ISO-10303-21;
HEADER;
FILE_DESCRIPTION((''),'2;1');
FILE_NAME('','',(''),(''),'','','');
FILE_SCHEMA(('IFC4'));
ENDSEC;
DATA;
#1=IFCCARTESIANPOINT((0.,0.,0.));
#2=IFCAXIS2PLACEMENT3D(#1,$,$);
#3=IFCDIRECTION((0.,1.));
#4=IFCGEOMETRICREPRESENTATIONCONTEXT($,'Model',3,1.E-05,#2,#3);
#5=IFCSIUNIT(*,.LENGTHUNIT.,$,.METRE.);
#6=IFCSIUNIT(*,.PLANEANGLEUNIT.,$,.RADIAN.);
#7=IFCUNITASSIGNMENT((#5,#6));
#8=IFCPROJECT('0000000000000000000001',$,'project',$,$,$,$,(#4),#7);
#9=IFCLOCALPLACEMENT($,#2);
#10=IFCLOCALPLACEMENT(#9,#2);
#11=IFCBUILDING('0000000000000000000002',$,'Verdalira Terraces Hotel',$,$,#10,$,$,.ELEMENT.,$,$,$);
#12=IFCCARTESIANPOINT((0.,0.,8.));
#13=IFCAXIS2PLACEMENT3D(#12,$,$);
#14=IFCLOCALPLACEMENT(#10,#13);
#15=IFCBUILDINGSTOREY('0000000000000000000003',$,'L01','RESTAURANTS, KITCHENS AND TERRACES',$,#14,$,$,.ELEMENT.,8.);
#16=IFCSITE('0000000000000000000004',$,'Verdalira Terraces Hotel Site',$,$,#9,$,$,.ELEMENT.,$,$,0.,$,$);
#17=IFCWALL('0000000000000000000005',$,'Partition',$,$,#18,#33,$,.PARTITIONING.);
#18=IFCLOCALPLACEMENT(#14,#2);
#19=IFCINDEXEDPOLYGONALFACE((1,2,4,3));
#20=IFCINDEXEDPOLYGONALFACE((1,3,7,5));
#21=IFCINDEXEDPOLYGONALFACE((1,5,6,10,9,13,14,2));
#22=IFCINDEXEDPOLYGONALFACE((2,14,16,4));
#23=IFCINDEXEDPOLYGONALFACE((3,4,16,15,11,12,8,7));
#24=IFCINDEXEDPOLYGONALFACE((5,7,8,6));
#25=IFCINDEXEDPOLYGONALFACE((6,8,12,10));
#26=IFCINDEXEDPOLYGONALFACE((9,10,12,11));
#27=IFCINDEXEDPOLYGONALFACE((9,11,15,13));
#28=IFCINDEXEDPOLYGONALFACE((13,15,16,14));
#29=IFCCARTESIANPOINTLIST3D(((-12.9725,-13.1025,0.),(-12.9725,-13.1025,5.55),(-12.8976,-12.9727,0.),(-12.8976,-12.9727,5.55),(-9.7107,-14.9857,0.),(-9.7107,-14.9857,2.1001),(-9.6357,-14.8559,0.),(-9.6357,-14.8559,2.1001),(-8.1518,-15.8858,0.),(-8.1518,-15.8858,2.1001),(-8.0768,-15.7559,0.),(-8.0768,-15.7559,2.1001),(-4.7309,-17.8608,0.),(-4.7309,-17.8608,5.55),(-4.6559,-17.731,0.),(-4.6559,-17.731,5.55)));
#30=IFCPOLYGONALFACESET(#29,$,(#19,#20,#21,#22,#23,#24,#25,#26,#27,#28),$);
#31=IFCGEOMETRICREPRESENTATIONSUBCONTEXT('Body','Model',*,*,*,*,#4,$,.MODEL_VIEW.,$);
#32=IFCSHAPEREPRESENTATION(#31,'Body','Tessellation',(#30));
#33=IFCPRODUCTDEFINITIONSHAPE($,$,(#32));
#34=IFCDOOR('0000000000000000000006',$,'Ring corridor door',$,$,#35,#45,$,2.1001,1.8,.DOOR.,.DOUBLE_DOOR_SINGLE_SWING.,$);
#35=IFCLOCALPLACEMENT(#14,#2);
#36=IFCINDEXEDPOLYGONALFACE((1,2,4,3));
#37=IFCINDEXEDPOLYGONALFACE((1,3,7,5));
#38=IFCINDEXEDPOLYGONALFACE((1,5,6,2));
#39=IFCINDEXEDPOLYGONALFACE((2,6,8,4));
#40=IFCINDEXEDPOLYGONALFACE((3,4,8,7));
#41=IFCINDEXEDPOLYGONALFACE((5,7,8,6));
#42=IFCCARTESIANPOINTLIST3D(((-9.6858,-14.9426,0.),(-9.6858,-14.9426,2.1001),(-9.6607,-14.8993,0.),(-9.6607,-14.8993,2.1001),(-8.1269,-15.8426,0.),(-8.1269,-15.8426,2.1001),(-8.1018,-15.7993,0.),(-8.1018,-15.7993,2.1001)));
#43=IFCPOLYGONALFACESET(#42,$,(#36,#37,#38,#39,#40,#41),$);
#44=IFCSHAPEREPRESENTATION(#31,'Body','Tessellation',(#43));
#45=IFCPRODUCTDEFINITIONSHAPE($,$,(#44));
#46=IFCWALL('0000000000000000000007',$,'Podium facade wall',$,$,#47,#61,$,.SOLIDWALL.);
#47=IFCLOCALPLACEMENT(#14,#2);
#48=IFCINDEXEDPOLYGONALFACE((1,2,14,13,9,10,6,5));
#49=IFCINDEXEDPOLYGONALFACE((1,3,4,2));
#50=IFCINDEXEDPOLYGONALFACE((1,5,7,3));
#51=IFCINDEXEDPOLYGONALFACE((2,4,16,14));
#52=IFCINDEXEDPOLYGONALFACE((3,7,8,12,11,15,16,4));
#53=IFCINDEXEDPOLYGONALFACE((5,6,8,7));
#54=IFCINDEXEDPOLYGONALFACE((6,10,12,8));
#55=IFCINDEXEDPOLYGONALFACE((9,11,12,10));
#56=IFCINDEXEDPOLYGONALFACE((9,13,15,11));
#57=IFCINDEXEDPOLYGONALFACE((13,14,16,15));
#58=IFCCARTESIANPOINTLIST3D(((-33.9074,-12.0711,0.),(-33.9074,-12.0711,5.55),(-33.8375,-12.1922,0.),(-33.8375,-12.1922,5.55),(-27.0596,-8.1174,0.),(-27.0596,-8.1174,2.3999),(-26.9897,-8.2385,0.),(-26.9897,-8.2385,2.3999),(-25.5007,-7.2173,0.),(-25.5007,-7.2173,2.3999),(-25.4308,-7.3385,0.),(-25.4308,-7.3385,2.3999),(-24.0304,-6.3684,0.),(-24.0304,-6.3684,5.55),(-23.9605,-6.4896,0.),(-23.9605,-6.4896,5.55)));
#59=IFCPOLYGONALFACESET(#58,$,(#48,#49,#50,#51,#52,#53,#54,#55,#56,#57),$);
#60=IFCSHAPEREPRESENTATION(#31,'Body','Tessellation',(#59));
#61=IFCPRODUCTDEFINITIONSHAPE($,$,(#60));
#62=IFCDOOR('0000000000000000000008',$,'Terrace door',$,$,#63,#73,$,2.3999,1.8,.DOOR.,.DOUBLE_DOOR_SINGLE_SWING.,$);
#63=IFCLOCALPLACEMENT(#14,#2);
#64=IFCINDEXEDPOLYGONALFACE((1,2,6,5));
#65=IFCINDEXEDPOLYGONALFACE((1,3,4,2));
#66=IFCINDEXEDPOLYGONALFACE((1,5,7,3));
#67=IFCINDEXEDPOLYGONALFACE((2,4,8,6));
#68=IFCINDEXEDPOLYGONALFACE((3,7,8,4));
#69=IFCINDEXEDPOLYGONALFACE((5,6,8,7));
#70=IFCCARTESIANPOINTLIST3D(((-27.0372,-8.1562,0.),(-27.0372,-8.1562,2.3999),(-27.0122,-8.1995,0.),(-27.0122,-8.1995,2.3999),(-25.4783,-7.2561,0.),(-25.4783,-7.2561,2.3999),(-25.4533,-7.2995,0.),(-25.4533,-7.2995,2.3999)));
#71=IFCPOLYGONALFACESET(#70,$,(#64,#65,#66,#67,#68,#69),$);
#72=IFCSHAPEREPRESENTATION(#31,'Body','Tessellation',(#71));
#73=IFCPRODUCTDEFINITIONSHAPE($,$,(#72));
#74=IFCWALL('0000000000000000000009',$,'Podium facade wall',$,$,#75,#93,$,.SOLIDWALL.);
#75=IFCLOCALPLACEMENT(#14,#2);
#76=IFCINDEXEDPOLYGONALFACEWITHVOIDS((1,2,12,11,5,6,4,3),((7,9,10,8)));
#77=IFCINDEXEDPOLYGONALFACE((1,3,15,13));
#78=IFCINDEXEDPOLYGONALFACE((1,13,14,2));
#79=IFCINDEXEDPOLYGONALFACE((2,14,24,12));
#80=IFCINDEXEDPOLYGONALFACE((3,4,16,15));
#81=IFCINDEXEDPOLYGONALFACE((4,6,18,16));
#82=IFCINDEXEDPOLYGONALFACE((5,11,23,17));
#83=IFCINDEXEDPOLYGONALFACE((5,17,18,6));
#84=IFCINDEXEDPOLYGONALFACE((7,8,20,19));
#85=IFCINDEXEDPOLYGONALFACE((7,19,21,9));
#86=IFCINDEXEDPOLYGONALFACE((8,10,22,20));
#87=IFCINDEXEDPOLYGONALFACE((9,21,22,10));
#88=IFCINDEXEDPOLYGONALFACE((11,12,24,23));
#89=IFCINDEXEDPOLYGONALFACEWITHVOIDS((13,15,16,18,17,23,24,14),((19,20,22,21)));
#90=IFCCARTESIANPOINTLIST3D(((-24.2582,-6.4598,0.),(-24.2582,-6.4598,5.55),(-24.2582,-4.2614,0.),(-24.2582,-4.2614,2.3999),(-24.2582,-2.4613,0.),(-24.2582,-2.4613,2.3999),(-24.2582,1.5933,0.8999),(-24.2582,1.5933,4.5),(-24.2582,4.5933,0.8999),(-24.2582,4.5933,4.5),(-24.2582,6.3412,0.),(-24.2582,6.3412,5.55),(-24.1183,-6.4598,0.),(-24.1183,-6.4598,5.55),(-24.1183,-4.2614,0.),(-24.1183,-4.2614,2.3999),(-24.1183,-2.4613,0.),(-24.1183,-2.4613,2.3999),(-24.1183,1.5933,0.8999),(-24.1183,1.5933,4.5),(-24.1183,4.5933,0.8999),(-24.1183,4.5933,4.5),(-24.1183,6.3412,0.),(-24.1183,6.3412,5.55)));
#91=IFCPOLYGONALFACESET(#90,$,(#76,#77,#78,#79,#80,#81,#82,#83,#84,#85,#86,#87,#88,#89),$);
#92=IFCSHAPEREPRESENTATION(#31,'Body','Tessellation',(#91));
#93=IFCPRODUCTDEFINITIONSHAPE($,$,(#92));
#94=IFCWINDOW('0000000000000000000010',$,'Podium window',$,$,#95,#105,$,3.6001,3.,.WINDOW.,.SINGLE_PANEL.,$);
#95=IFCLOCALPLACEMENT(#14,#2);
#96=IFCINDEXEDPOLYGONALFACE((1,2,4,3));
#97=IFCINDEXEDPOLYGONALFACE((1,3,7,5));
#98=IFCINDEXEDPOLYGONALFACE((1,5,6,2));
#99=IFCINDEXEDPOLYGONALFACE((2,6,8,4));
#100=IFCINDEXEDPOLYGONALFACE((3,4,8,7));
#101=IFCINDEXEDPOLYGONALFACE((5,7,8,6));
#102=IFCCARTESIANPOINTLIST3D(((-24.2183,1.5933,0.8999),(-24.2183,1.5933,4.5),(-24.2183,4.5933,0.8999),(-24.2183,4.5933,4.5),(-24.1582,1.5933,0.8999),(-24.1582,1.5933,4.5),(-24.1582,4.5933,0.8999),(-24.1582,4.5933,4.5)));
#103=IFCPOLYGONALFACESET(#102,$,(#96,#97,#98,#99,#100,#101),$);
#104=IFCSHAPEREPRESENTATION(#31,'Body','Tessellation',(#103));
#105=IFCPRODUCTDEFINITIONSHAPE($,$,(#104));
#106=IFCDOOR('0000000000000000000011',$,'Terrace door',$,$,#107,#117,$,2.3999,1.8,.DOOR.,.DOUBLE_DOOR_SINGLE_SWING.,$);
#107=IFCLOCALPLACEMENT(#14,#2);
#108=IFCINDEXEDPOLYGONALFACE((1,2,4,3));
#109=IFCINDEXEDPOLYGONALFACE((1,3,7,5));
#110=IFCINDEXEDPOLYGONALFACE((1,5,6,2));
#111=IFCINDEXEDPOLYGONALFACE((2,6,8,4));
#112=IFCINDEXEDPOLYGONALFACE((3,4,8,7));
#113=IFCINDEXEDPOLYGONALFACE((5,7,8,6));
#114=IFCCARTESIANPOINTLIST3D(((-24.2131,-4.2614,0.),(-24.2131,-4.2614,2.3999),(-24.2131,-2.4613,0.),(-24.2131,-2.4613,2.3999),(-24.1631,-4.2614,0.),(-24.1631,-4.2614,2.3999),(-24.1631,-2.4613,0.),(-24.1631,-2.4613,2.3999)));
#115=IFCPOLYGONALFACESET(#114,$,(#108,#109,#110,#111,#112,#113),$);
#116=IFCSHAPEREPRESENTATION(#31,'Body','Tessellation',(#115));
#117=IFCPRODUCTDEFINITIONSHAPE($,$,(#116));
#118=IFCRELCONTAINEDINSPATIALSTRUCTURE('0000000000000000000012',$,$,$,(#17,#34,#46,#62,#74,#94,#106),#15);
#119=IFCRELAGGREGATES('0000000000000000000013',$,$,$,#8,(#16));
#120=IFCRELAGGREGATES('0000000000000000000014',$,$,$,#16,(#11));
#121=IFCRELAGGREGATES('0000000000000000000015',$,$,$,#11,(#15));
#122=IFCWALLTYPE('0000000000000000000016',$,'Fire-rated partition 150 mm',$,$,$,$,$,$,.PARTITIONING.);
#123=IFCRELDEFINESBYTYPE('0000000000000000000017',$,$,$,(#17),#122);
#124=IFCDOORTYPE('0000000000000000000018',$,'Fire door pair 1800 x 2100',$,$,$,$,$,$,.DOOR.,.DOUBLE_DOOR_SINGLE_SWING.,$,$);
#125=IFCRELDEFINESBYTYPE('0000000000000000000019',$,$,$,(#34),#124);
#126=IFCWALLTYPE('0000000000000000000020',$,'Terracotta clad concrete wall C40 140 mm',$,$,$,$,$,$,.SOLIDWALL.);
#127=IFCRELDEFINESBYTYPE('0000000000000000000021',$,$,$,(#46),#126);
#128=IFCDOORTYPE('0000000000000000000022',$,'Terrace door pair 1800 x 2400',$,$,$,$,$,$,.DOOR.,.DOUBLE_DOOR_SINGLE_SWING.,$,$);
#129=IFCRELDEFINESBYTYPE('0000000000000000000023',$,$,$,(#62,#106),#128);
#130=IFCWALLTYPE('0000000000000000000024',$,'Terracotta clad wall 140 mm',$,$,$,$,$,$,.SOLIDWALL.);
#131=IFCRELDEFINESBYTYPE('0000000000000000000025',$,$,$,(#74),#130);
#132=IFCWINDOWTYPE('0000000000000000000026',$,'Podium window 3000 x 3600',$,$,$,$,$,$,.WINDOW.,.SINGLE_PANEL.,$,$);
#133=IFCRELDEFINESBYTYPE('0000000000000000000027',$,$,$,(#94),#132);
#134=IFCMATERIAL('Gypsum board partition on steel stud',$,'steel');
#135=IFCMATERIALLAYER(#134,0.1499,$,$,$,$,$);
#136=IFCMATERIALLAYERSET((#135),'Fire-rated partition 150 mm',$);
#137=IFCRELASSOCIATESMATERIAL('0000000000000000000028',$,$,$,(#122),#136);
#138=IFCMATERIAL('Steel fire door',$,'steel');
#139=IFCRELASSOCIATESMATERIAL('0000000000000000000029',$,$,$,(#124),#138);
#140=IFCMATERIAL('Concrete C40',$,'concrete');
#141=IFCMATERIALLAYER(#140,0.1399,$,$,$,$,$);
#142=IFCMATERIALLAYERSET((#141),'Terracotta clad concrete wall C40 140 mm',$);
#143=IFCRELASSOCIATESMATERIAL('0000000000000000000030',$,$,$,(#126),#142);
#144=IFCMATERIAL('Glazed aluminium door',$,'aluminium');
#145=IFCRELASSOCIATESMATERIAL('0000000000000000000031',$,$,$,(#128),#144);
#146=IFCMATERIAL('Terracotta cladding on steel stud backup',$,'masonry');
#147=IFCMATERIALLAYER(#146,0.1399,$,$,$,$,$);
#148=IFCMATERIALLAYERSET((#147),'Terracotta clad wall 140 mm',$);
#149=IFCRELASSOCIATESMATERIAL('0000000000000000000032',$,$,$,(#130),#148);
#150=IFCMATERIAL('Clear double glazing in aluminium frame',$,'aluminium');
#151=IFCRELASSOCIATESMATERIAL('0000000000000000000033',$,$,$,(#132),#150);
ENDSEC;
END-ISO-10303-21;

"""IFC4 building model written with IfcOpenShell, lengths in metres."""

from ifc_helpers import new_model, si_unit, direction, frame, frame_2d, origin, place, context, subcontext, project, spatial, rectangle, extrude, material, layer, layer_set, type_object, element, fill, save


model = new_model("IFC4")

# Units and contexts
model_context = context("Model", 3, precision=1e-05, world=origin(), true_north=direction((0.0, 1.0)))
body_context = subcontext(model_context, "Body", "Model", "MODEL_VIEW")
ifc_project = project(units=[si_unit("LENGTHUNIT", "METRE"), si_unit("PLANEANGLEUNIT", "RADIAN")], contexts=[model_context])

# Site, building, storey
site_placement = place(None, origin())
site = spatial("IfcSite", under=ifc_project, at=site_placement, Name="Verdalira Terraces Hotel Site", CompositionType="ELEMENT", RefElevation=0.0)
building_placement = place(site_placement, origin())
building = spatial("IfcBuilding", under=site, at=building_placement, Name="Verdalira Terraces Hotel", CompositionType="ELEMENT")
storey_placement = place(building_placement, frame((0.0, 0.0, 8.0)))
storey = spatial("IfcBuildingStorey", under=building, at=storey_placement, Name="L01", Description="RESTAURANTS, KITCHENS AND TERRACES", CompositionType="ELEMENT", Elevation=8.0)

# Shared definitions
ifc_material_1 = material(Name="Gypsum board partition on steel stud", Category="steel")
ifc_layer_1 = layer(ifc_material_1, 0.1499)
ifc_layer_set_1 = layer_set([ifc_layer_1], Name="Fire-rated partition 150 mm")
wall_type_1 = type_object("IfcWallType", Name="Fire-rated partition 150 mm", PredefinedType="PARTITIONING", material=ifc_layer_set_1)

# Walls, openings, doors
ifc_material_2 = material(Name="Steel fire door", Category="steel")
door_type_1 = type_object("IfcDoorType", Name="Fire door pair 1800 x 2100", OperationType="DOUBLE_DOOR_SINGLE_SWING", PredefinedType="DOOR", material=ifc_material_2)
wall_1_placement = place(storey_placement, frame((-12.9351, -13.0376, 0.0), z_axis=(0.0, 0.0, 1.0), x_axis=(0.866028, -0.499996, 0.0)))
wall_1 = element("IfcWall", 1, at=wall_1_placement, inside=storey, type_object=wall_type_1, Name="Partition", PredefinedType="PARTITIONING", context=body_context, shape_type="SweptSolid", body=[
    extrude(rectangle(XDim=9.5166, YDim=0.1499, at=frame_2d((4.7583, 0.0))), origin(), (0.0, 0.0, 1.0), 5.55),
])
opening_1_placement = place(wall_1_placement, frame((3.7666, 0.0, 0.0)))
opening_1 = element("IfcOpeningElement", 2, at=opening_1_placement, cuts=wall_1, PredefinedType="OPENING", context=body_context, shape_type="SweptSolid", body=[
    extrude(rectangle(XDim=1.8, YDim=2.1001, at=frame_2d((0.8999, 1.05))), frame((0.0, 0.085, 0.0), z_axis=(0.0, -1.0, 0.0), x_axis=(1.0, 0.0, 0.0)), (0.0, 0.0, 1.0), 0.1699),
])
door_1_placement = place(opening_1_placement, origin())
door_1 = element("IfcDoor", 3, at=door_1_placement, inside=storey, type_object=door_type_1, Name="Ring corridor door", OperationType="DOUBLE_DOOR_SINGLE_SWING", OverallHeight=2.1001, OverallWidth=1.8, PredefinedType="DOOR", context=body_context, shape_type="SweptSolid", body=[
    extrude(rectangle(XDim=1.8, YDim=2.1001, at=frame_2d((0.8999, 1.05))), frame((0.0, 0.0249, 0.0), z_axis=(0.0, -1.0, 0.0), x_axis=(1.0, 0.0, 0.0)), (0.0, 0.0, 1.0), 0.05),
])
fill(opening_1, door_1)
ifc_material_3 = material(Name="Concrete C40", Category="concrete")
ifc_layer_2 = layer(ifc_material_3, 0.1399)
ifc_layer_set_2 = layer_set([ifc_layer_2], Name="Terracotta clad concrete wall C40 140 mm")
wall_type_2 = type_object("IfcWallType", Name="Terracotta clad concrete wall C40 140 mm", PredefinedType="SOLIDWALL", material=ifc_layer_set_2)
wall_2_placement = place(storey_placement, frame((-23.9954, -6.429, 0.0), z_axis=(0.0, 0.0, 1.0), x_axis=(-0.866019, -0.500012, 0.0)))
wall_2 = element("IfcWall", 4, at=wall_2_placement, inside=storey, type_object=wall_type_2, Name="Podium facade wall", PredefinedType="SOLIDWALL", context=body_context, shape_type="SweptSolid", body=[
    extrude(rectangle(XDim=11.405, YDim=0.1399, at=frame_2d((5.7026, 0.0))), origin(), (0.0, 0.0, 1.0), 5.55),
])
opening_2_placement = place(wall_2_placement, frame((1.698, 0.0, 0.0)))
opening_2 = element("IfcOpeningElement", 5, at=opening_2_placement, cuts=wall_2, PredefinedType="OPENING", context=body_context, shape_type="SweptSolid", body=[
    extrude(rectangle(XDim=1.8, YDim=2.3999, at=frame_2d((0.8999, 1.2))), frame((0.0, 0.0798, 0.0), z_axis=(0.0, -1.0, 0.0), x_axis=(1.0, 0.0, 0.0)), (0.0, 0.0, 1.0), 0.1599),
])
ifc_material_4 = material(Name="Glazed aluminium door", Category="aluminium")
door_type_2 = type_object("IfcDoorType", Name="Terrace door pair 1800 x 2400", OperationType="DOUBLE_DOOR_SINGLE_SWING", PredefinedType="DOOR", material=ifc_material_4)
door_2_placement = place(opening_2_placement, origin())
door_2 = element("IfcDoor", 6, at=door_2_placement, inside=storey, type_object=door_type_2, Name="Terrace door", OperationType="DOUBLE_DOOR_SINGLE_SWING", OverallHeight=2.3999, OverallWidth=1.8, PredefinedType="DOOR", context=body_context, shape_type="SweptSolid", body=[
    extrude(rectangle(XDim=1.8, YDim=2.3999, at=frame_2d((0.8999, 1.2))), frame((0.0, 0.0249, 0.0), z_axis=(0.0, -1.0, 0.0), x_axis=(1.0, 0.0, 0.0)), (0.0, 0.0, 1.0), 0.05),
])
fill(opening_2, door_2)

# Wall, openings, window, door
ifc_material_5 = material(Name="Terracotta cladding on steel stud backup", Category="masonry")
ifc_layer_3 = layer(ifc_material_5, 0.1399)
ifc_layer_set_3 = layer_set([ifc_layer_3], Name="Terracotta clad wall 140 mm")
wall_type_3 = type_object("IfcWallType", Name="Terracotta clad wall 140 mm", PredefinedType="SOLIDWALL", material=ifc_layer_set_3)
wall_3_placement = place(storey_placement, frame((-24.1882, -6.4597, 0.0), z_axis=(0.0, 0.0, 1.0), x_axis=(0.0, 1.0, 0.0)))
wall_3 = element("IfcWall", 7, at=wall_3_placement, inside=storey, type_object=wall_type_3, Name="Podium facade wall", PredefinedType="SOLIDWALL", context=body_context, shape_type="SweptSolid", body=[
    extrude(rectangle(XDim=12.801, YDim=0.1399, at=frame_2d((6.4004, 0.0))), origin(), (0.0, 0.0, 1.0), 5.55),
])
opening_3_placement = place(wall_3_placement, frame((8.053, 0.0, 0.8999)))
opening_3 = element("IfcOpeningElement", 8, at=opening_3_placement, cuts=wall_3, PredefinedType="OPENING", context=body_context, shape_type="SweptSolid", body=[
    extrude(rectangle(XDim=3.0, YDim=3.6001, at=frame_2d((1.5, 1.8))), frame((0.0, 0.0798, 0.0), z_axis=(0.0, -1.0, 0.0), x_axis=(1.0, 0.0, 0.0)), (0.0, 0.0, 1.0), 0.1599),
])
opening_4_placement = place(wall_3_placement, frame((2.1985, 0.0, 0.0)))
opening_4 = element("IfcOpeningElement", 9, at=opening_4_placement, cuts=wall_3, PredefinedType="OPENING", context=body_context, shape_type="SweptSolid", body=[
    extrude(rectangle(XDim=1.8, YDim=2.3999, at=frame_2d((0.8999, 1.2))), frame((0.0, 0.0798, 0.0), z_axis=(0.0, -1.0, 0.0), x_axis=(1.0, 0.0, 0.0)), (0.0, 0.0, 1.0), 0.1599),
])
ifc_material_6 = material(Name="Clear double glazing in aluminium frame", Category="aluminium")
window_type = type_object("IfcWindowType", Name="Podium window 3000 x 3600", PartitioningType="SINGLE_PANEL", PredefinedType="WINDOW", material=ifc_material_6)
window_placement = place(opening_3_placement, origin())
window = element("IfcWindow", 10, at=window_placement, inside=storey, type_object=window_type, Name="Podium window", OverallHeight=3.6001, OverallWidth=3.0, PartitioningType="SINGLE_PANEL", PredefinedType="WINDOW", context=body_context, shape_type="SweptSolid", body=[
    extrude(rectangle(XDim=3.0, YDim=3.6001, at=frame_2d((1.5, 1.8))), frame((0.0, 0.03, 0.0), z_axis=(0.0, -1.0, 0.0), x_axis=(1.0, 0.0, 0.0)), (0.0, 0.0, 1.0), 0.0601),
])
fill(opening_3, window)
door_3_placement = place(opening_4_placement, origin())
door_3 = element("IfcDoor", 11, at=door_3_placement, inside=storey, type_object=door_type_2, Name="Terrace door", OperationType="DOUBLE_DOOR_SINGLE_SWING", OverallHeight=2.3999, OverallWidth=1.8, PredefinedType="DOOR", context=body_context, shape_type="SweptSolid", body=[
    extrude(rectangle(XDim=1.8, YDim=2.3999, at=frame_2d((0.8999, 1.2))), frame((0.0, 0.0249, 0.0), z_axis=(0.0, -1.0, 0.0), x_axis=(1.0, 0.0, 0.0)), (0.0, 0.0, 1.0), 0.05),
])
fill(opening_4, door_3)

save(model, "model.ifc")
